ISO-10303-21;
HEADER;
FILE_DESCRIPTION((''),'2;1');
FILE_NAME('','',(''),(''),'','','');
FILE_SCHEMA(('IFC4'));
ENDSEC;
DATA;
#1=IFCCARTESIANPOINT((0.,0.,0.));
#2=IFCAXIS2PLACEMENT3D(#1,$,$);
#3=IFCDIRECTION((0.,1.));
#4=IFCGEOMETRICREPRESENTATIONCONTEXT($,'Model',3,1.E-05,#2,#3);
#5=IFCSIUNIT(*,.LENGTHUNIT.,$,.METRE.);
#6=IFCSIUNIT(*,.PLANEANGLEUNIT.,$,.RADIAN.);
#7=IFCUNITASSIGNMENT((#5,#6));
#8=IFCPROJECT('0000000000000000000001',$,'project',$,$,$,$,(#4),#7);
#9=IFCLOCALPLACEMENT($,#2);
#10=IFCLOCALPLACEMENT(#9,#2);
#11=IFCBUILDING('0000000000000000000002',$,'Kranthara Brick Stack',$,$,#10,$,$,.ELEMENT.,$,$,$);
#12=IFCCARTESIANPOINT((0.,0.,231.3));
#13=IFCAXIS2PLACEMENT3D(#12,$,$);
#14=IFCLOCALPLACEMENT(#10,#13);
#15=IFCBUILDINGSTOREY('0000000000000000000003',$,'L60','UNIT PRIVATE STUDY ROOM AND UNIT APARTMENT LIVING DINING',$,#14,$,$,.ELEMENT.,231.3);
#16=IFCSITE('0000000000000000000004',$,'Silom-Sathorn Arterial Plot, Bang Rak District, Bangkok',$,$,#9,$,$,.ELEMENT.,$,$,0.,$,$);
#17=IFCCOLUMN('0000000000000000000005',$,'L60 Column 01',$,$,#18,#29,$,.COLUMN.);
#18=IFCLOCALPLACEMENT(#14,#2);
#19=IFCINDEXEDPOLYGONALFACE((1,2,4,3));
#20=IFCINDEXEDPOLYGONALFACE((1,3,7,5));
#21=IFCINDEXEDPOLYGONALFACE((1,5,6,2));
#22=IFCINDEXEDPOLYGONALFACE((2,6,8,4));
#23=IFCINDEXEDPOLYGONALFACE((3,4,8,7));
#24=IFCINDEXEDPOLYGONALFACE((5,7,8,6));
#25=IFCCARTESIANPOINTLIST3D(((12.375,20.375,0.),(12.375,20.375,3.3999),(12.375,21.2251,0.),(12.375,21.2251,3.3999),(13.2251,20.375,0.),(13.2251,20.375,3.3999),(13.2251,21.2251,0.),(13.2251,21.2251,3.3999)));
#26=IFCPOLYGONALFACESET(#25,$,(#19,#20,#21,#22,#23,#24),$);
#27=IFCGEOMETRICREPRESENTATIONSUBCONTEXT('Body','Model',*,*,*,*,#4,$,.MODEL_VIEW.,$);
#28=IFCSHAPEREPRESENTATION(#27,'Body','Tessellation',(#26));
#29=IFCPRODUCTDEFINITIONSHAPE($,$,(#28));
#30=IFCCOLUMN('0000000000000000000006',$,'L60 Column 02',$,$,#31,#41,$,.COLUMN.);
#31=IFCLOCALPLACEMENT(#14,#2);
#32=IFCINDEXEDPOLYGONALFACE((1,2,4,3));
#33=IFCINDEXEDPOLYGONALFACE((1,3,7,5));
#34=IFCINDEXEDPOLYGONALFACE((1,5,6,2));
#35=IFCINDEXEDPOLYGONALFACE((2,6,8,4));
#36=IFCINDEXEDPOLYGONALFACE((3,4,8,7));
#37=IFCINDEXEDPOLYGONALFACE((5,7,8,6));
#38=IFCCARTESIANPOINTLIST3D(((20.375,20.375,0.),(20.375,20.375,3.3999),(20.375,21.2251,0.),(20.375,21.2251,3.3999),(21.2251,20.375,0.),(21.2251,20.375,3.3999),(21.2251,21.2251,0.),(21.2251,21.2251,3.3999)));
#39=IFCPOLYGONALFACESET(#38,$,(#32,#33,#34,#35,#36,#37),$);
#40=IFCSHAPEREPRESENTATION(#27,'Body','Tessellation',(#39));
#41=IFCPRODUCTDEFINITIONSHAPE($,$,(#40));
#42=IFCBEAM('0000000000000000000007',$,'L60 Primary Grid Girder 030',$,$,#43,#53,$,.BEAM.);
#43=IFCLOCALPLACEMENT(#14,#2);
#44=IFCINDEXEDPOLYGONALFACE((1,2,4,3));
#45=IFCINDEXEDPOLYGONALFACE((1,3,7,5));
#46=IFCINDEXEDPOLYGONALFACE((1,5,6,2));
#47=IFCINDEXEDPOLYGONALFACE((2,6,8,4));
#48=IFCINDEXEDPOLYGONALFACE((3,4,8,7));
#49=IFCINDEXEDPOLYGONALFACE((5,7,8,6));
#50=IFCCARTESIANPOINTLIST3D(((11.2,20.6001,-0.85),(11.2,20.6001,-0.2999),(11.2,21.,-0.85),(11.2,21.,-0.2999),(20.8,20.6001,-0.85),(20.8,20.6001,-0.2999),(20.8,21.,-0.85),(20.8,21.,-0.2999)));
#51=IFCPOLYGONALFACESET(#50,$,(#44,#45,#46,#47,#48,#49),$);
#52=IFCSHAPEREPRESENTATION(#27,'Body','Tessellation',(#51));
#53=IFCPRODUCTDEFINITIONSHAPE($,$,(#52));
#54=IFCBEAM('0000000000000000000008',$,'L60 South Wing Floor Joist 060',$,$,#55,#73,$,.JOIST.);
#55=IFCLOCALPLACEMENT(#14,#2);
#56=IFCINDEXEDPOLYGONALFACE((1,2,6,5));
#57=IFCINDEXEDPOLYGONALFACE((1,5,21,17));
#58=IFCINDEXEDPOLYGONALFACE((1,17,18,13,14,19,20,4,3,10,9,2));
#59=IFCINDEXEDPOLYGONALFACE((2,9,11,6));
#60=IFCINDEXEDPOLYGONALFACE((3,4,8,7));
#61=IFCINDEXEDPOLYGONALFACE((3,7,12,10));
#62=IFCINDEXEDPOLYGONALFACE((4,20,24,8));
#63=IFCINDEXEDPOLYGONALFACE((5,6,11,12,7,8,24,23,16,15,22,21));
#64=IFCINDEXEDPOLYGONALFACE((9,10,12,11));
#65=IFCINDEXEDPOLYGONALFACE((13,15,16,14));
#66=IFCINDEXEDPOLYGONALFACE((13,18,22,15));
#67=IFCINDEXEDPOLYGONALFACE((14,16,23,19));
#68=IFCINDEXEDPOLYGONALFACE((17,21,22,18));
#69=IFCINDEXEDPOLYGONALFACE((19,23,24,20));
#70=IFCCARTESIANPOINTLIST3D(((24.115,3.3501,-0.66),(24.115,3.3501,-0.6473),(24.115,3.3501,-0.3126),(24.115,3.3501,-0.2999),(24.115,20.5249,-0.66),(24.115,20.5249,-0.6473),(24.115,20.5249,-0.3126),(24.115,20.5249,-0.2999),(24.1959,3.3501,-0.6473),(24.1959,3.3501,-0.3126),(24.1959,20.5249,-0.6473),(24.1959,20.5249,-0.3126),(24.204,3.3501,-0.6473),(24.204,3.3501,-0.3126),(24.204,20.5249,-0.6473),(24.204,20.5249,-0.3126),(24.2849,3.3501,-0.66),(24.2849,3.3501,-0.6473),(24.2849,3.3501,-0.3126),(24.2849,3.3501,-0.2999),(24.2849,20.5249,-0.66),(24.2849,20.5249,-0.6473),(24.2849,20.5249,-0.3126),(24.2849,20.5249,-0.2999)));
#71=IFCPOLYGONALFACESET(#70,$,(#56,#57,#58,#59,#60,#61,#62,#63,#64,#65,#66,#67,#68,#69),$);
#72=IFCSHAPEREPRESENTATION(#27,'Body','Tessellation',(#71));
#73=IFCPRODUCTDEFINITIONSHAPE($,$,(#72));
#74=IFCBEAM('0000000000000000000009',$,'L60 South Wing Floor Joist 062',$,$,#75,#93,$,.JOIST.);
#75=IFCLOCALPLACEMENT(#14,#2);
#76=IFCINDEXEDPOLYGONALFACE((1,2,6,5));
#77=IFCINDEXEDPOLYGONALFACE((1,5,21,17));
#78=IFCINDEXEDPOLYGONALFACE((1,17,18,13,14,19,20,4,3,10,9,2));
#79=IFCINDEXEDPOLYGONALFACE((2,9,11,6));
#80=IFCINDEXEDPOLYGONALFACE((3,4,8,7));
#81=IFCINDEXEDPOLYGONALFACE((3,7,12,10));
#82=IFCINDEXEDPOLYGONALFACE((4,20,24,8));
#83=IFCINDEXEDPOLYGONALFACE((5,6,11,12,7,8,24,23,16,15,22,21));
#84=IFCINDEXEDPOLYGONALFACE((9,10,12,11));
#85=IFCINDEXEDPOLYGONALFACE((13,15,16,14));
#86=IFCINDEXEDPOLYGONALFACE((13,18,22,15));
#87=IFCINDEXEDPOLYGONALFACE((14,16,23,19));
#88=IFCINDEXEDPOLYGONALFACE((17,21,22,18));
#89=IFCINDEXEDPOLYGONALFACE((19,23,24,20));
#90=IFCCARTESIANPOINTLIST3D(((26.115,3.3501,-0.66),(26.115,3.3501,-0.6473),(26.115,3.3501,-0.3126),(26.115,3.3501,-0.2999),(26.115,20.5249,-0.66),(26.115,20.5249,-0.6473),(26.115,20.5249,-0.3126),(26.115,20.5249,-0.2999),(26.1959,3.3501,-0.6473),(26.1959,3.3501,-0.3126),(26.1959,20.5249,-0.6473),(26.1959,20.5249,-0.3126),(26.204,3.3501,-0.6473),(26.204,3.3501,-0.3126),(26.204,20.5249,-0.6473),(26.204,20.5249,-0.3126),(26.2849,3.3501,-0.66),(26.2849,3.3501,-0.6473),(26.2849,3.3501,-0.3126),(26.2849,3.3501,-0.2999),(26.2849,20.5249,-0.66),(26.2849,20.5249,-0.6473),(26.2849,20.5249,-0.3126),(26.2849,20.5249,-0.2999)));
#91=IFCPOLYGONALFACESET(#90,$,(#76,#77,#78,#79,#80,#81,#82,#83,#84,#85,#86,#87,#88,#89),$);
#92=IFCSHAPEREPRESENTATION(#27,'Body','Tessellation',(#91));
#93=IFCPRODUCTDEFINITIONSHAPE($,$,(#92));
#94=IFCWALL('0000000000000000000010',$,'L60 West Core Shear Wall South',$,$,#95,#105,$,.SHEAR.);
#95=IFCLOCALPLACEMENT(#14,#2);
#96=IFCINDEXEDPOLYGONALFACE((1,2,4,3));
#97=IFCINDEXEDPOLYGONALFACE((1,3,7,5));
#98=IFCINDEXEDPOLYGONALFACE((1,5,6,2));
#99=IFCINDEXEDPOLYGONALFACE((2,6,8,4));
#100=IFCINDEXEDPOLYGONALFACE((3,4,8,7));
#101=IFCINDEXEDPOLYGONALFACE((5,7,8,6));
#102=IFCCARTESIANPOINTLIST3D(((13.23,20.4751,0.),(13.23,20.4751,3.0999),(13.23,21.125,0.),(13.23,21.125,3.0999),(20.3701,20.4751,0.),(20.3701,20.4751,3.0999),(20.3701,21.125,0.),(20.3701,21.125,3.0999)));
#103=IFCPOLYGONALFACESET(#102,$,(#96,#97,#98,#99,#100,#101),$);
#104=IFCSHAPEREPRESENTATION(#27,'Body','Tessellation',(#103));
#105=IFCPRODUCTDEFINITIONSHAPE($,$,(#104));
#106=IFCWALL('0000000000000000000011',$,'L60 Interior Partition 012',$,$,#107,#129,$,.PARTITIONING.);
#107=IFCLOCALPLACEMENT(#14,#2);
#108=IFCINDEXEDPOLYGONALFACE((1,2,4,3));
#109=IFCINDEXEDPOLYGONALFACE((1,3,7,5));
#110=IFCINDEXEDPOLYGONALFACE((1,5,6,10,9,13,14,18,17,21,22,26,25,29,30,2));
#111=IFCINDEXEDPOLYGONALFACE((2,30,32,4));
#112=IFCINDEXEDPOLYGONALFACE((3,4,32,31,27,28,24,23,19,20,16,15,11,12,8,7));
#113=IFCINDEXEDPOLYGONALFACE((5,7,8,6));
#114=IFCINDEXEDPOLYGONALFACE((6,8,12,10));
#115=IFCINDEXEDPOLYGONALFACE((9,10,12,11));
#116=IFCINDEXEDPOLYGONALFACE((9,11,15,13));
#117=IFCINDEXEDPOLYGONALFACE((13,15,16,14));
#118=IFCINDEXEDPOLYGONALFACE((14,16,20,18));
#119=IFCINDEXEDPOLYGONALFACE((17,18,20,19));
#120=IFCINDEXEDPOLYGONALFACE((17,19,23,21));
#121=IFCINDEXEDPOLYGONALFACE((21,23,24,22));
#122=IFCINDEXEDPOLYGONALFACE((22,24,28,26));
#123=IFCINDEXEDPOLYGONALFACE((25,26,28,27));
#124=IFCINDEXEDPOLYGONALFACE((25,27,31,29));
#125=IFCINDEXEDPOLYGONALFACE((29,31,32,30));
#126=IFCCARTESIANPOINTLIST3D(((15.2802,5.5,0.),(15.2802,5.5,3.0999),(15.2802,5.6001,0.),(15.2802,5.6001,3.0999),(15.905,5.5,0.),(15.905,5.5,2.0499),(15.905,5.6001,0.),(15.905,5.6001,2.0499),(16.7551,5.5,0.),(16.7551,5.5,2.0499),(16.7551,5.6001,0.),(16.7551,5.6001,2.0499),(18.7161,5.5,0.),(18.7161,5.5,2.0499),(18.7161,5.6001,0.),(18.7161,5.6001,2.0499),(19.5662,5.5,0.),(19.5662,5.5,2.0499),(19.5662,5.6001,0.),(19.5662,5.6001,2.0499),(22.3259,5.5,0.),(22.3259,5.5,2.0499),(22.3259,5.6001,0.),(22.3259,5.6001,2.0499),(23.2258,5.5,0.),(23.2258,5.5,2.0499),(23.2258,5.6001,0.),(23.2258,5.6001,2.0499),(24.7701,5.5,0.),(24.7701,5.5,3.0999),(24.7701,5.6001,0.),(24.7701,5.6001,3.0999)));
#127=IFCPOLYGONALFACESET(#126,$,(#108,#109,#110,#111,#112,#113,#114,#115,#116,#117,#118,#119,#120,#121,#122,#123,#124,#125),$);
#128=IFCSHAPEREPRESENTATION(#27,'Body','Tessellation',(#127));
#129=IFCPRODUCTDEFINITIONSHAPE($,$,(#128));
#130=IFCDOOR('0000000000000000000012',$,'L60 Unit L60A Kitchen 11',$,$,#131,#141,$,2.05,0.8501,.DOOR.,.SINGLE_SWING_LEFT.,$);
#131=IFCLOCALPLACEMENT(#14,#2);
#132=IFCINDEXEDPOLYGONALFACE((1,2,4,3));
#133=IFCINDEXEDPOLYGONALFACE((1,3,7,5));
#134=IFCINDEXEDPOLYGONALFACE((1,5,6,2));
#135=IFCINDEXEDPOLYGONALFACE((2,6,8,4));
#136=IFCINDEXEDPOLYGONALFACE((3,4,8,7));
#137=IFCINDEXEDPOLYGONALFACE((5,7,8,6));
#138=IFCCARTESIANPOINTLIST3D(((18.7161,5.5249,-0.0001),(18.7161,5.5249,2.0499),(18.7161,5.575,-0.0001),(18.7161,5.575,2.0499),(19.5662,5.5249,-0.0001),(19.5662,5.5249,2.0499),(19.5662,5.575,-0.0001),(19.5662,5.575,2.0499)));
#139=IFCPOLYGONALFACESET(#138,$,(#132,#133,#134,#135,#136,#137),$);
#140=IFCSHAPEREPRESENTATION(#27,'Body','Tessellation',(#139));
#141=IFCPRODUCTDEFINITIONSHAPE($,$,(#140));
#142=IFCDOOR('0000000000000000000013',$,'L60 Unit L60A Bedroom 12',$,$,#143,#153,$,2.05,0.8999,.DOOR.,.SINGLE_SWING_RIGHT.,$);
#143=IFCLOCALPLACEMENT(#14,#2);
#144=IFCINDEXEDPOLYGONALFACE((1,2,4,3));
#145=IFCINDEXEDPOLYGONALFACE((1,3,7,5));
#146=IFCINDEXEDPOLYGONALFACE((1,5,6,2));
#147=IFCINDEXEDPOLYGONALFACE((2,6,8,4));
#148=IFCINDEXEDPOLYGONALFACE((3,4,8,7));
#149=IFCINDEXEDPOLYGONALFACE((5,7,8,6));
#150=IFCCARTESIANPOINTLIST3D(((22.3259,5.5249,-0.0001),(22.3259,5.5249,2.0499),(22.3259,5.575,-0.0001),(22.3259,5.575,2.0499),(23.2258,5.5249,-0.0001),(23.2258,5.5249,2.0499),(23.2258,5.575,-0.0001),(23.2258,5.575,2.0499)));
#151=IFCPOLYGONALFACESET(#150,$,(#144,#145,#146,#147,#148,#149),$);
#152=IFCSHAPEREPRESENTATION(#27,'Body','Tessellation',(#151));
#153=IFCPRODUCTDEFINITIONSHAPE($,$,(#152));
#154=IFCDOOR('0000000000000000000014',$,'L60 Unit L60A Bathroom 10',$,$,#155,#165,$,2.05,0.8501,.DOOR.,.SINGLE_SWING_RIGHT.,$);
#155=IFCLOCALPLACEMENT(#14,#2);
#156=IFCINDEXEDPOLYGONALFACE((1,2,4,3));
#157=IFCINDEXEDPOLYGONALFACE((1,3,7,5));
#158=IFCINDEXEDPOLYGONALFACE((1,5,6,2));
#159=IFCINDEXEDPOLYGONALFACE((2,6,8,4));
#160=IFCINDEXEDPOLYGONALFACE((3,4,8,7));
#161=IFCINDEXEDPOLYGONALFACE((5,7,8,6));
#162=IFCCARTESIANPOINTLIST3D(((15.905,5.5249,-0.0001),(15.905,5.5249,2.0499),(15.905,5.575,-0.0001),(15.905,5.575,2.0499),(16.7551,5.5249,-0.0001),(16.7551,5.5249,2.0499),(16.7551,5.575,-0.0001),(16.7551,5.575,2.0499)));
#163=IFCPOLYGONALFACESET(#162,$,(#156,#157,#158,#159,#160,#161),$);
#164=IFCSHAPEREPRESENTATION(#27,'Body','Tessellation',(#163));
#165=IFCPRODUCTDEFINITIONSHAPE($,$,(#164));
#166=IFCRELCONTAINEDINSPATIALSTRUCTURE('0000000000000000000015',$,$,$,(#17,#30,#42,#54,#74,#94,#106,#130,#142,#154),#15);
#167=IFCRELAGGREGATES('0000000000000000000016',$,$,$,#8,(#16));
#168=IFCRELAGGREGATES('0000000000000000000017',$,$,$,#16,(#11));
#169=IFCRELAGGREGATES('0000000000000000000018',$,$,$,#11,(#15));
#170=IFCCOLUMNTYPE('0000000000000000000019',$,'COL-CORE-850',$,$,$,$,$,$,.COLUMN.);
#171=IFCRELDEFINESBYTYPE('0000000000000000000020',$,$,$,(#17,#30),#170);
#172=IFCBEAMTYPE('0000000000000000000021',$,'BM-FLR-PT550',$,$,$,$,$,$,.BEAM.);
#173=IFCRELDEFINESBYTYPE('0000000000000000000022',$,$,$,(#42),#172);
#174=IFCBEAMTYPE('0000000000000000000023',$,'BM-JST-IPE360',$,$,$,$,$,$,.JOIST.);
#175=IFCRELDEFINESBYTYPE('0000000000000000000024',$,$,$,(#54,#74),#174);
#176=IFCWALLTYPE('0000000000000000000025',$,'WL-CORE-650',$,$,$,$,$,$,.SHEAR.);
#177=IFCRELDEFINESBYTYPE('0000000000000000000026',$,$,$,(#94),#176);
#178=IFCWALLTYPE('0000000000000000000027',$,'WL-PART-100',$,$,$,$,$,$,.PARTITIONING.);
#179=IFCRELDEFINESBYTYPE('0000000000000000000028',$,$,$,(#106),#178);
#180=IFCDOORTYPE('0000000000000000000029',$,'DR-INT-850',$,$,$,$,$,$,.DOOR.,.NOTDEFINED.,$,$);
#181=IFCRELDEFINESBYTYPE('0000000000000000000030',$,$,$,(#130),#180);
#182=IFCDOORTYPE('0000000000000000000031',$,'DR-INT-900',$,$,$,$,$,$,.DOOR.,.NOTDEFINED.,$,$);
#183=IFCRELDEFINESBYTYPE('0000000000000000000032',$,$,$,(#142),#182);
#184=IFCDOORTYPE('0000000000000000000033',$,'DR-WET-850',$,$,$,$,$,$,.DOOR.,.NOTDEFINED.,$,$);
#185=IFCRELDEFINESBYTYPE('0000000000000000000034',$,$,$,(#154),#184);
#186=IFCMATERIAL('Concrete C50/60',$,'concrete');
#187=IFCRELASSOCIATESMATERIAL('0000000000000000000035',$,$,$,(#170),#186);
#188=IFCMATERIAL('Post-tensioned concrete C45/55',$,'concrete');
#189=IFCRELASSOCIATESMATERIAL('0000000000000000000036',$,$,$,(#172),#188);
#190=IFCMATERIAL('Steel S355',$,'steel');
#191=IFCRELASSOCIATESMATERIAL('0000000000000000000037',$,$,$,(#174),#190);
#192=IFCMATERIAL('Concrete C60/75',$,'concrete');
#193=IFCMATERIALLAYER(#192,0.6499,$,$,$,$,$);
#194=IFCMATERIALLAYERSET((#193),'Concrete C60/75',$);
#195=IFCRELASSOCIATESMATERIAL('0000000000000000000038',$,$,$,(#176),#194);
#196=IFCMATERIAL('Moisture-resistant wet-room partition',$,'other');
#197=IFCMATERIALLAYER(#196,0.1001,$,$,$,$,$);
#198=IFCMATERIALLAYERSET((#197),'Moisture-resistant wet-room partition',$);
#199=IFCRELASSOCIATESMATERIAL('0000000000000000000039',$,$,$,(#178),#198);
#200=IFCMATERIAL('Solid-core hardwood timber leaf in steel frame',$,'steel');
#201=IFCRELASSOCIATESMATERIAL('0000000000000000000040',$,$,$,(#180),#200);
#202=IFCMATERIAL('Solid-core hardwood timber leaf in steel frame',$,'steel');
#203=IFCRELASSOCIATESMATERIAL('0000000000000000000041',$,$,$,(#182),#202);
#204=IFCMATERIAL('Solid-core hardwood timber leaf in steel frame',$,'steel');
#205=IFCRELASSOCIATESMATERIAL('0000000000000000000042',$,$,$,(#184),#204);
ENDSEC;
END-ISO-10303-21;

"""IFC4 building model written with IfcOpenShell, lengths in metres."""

from ifc_helpers import new_model, si_unit, direction, frame, frame_2d, origin, origin_2d, place, context, subcontext, project, spatial, rectangle, i_section, extrude, material, layer, layer_set, material_profile, profile_set, type_object, element, fill, save


model = new_model("IFC4")

# Units and contexts
model_context = context("Model", 3, precision=1e-05, world=origin(), true_north=direction((0.0, 1.0)))
body_context = subcontext(model_context, "Body", "Model", "MODEL_VIEW")
ifc_project = project(units=[si_unit("LENGTHUNIT", "METRE"), si_unit("PLANEANGLEUNIT", "RADIAN")], contexts=[model_context])

# Site, building, storey
site_placement = place(None, origin())
site = spatial("IfcSite", under=ifc_project, at=site_placement, Name="Silom-Sathorn Arterial Plot, Bang Rak District, Bangkok", CompositionType="ELEMENT", RefElevation=0.0)
building_placement = place(site_placement, origin())
building = spatial("IfcBuilding", under=site, at=building_placement, Name="Kranthara Brick Stack", CompositionType="ELEMENT")
storey_placement = place(building_placement, frame((0.0, 0.0, 231.3)))
storey = spatial("IfcBuildingStorey", under=building, at=storey_placement, Name="L60", Description="UNIT PRIVATE STUDY ROOM AND UNIT APARTMENT LIVING DINING", CompositionType="ELEMENT", Elevation=231.3)

# Columns
ifc_material_1 = material(Name="Concrete C50/60", Category="concrete")
ifc_material_profile_1 = material_profile(ifc_material_1, rectangle(XDim=0.8501, YDim=0.8501, at=origin_2d()), Name="RC 850x850")
ifc_profile_set_1 = profile_set([ifc_material_profile_1], Name="Concrete C50/60")
column_type = type_object("IfcColumnType", Name="COL-CORE-850", PredefinedType="COLUMN", material=ifc_profile_set_1)
for number, where, z_axis, x_axis, name in (
    (1, (12.8, 20.8, 0.0), (0.0, 0.0, 1.0), (1.0, 0.0, 0.0), "L60 Column 01"),
    (2, (20.8, 20.8, 0.0), (0.0, 0.0, 1.0), (1.0, 0.0, 0.0), "L60 Column 02"),
):
    element("IfcColumn", number, at=place(storey_placement, frame(where, z_axis=z_axis, x_axis=x_axis)), inside=storey, type_object=column_type, Name=name, PredefinedType="COLUMN", context=body_context, shape_type="SweptSolid", body=[
        extrude(rectangle(XDim=0.8501, YDim=0.8501, at=origin_2d()), origin(), (0.0, 0.0, 1.0), 3.3999),
    ])

# Beams
ifc_material_2 = material(Name="Post-tensioned concrete C45/55", Category="concrete")
ifc_material_profile_2 = material_profile(ifc_material_2, rectangle(XDim=0.3999, YDim=0.55, at=origin_2d()), Name="PT 400x550")
ifc_profile_set_2 = profile_set([ifc_material_profile_2], Name="Post-tensioned concrete C45/55")
beam_type_1 = type_object("IfcBeamType", Name="BM-FLR-PT550", PredefinedType="BEAM", material=ifc_profile_set_2)
beam_placement = place(storey_placement, frame((11.2, 20.8, -0.575), z_axis=(1.0, 0.0, 0.0), x_axis=(0.0, 1.0, 0.0)))
element("IfcBeam", 3, at=beam_placement, inside=storey, type_object=beam_type_1, Name="L60 Primary Grid Girder 030", PredefinedType="BEAM", context=body_context, shape_type="SweptSolid", body=[
    extrude(rectangle(XDim=0.3999, YDim=0.55, at=origin_2d()), origin(), (0.0, 0.0, 1.0), 9.6001),
])
ifc_material_3 = material(Name="Steel S355", Category="steel")
ifc_material_profile_3 = material_profile(ifc_material_3, i_section(OverallWidth=0.1699, OverallDepth=0.3601, WebThickness=0.0081, FlangeThickness=0.0127, at=origin_2d()), Name="IPE 360")
ifc_profile_set_3 = profile_set([ifc_material_profile_3], Name="Steel S355")
beam_type_2 = type_object("IfcBeamType", Name="BM-JST-IPE360", PredefinedType="JOIST", material=ifc_profile_set_3)
for number, where, z_axis, x_axis, name in (
    (4, (24.2, 3.3501, -0.48), (0.0, 1.0, 0.0), (-1.0, 0.0, 0.0), "L60 South Wing Floor Joist 060"),
    (5, (26.2, 3.3501, -0.48), (0.0, 1.0, 0.0), (-1.0, 0.0, 0.0), "L60 South Wing Floor Joist 062"),
):
    element("IfcBeam", number, at=place(storey_placement, frame(where, z_axis=z_axis, x_axis=x_axis)), inside=storey, type_object=beam_type_2, Name=name, PredefinedType="JOIST", context=body_context, shape_type="SweptSolid", body=[
        extrude(i_section(OverallWidth=0.1699, OverallDepth=0.3601, WebThickness=0.0081, FlangeThickness=0.0127, at=origin_2d()), origin(), (0.0, 0.0, 1.0), 17.1748),
    ])

# Wall
ifc_material_4 = material(Name="Concrete C60/75", Category="concrete")
ifc_layer_1 = layer(ifc_material_4, 0.6499)
ifc_layer_set_1 = layer_set([ifc_layer_1], Name="Concrete C60/75")
wall_type_1 = type_object("IfcWallType", Name="WL-CORE-650", PredefinedType="SHEAR", material=ifc_layer_set_1)
wall_1_placement = place(storey_placement, frame((13.23, 20.8, 0.0), z_axis=(0.0, 0.0, 1.0), x_axis=(1.0, 0.0, 0.0)))
element("IfcWall", 6, at=wall_1_placement, inside=storey, type_object=wall_type_1, Name="L60 West Core Shear Wall South", PredefinedType="SHEAR", context=body_context, shape_type="SweptSolid", body=[
    extrude(rectangle(XDim=7.1401, YDim=0.6499, at=frame_2d((3.5701, 0.0))), origin(), (0.0, 0.0, 1.0), 3.0999),
])

# Wall, openings, doors
ifc_material_5 = material(Name="Moisture-resistant wet-room partition", Category="other")
ifc_layer_2 = layer(ifc_material_5, 0.1001)
ifc_layer_set_2 = layer_set([ifc_layer_2], Name="Moisture-resistant wet-room partition")
wall_type_2 = type_object("IfcWallType", Name="WL-PART-100", PredefinedType="PARTITIONING", material=ifc_layer_set_2)
wall_2_placement = place(storey_placement, frame((15.28, 5.55, 0.0), z_axis=(0.0, 0.0, 1.0), x_axis=(1.0, 0.0, 0.0)))
wall_2 = element("IfcWall", 7, at=wall_2_placement, inside=storey, type_object=wall_type_2, Name="L60 Interior Partition 012", PredefinedType="PARTITIONING", context=body_context, shape_type="SweptSolid", body=[
    extrude(rectangle(XDim=9.49, YDim=0.1001, at=frame_2d((4.7451, 0.0))), origin(), (0.0, 0.0, 1.0), 3.0999),
])
opening_1_placement = place(wall_2_placement, frame((0.625, 0.0, 0.0)))
opening_1 = element("IfcOpeningElement", 8, at=opening_1_placement, cuts=wall_2, PredefinedType="OPENING", context=body_context, shape_type="SweptSolid", body=[
    extrude(rectangle(XDim=0.8501, YDim=2.05, at=frame_2d((0.425, 1.0249))), frame((0.0, 0.0601, 0.0), z_axis=(0.0, -1.0, 0.0), x_axis=(1.0, 0.0, 0.0)), (0.0, 0.0, 1.0), 0.1201),
])
opening_2_placement = place(wall_2_placement, frame((3.436, 0.0, 0.0)))
opening_2 = element("IfcOpeningElement", 9, at=opening_2_placement, cuts=wall_2, PredefinedType="OPENING", context=body_context, shape_type="SweptSolid", body=[
    extrude(rectangle(XDim=0.8501, YDim=2.05, at=frame_2d((0.425, 1.0249))), frame((0.0, 0.0601, 0.0), z_axis=(0.0, -1.0, 0.0), x_axis=(1.0, 0.0, 0.0)), (0.0, 0.0, 1.0), 0.1201),
])
opening_3_placement = place(wall_2_placement, frame((7.0459, 0.0, 0.0)))
opening_3 = element("IfcOpeningElement", 10, at=opening_3_placement, cuts=wall_2, PredefinedType="OPENING", context=body_context, shape_type="SweptSolid", body=[
    extrude(rectangle(XDim=0.8999, YDim=2.05, at=frame_2d((0.45, 1.0249))), frame((0.0, 0.0601, 0.0), z_axis=(0.0, -1.0, 0.0), x_axis=(1.0, 0.0, 0.0)), (0.0, 0.0, 1.0), 0.1201),
])
ifc_material_6 = material(Name="Solid-core hardwood timber leaf in steel frame", Category="steel")
door_type_1 = type_object("IfcDoorType", Name="DR-INT-850", OperationType="NOTDEFINED", PredefinedType="DOOR", material=ifc_material_6)
door_1_placement = place(opening_2_placement, origin())
door_1 = element("IfcDoor", 11, at=door_1_placement, inside=storey, type_object=door_type_1, Name="L60 Unit L60A Kitchen 11", OperationType="SINGLE_SWING_LEFT", OverallHeight=2.05, OverallWidth=0.8501, PredefinedType="DOOR", context=body_context, shape_type="SweptSolid", body=[
    extrude(rectangle(XDim=0.8501, YDim=2.05, at=frame_2d((0.425, 1.0249))), frame((0.0, 0.0249, 0.0), z_axis=(0.0, -1.0, 0.0), x_axis=(1.0, 0.0, 0.0)), (0.0, 0.0, 1.0), 0.05),
])
fill(opening_2, door_1)
ifc_material_7 = material(Name="Solid-core hardwood timber leaf in steel frame", Category="steel")
door_type_2 = type_object("IfcDoorType", Name="DR-INT-900", OperationType="NOTDEFINED", PredefinedType="DOOR", material=ifc_material_7)
door_2_placement = place(opening_3_placement, origin())
door_2 = element("IfcDoor", 12, at=door_2_placement, inside=storey, type_object=door_type_2, Name="L60 Unit L60A Bedroom 12", OperationType="SINGLE_SWING_RIGHT", OverallHeight=2.05, OverallWidth=0.8999, PredefinedType="DOOR", context=body_context, shape_type="SweptSolid", body=[
    extrude(rectangle(XDim=0.8999, YDim=2.05, at=frame_2d((0.45, 1.0249))), frame((0.0, 0.0249, 0.0), z_axis=(0.0, -1.0, 0.0), x_axis=(1.0, 0.0, 0.0)), (0.0, 0.0, 1.0), 0.05),
])
fill(opening_3, door_2)
ifc_material_8 = material(Name="Solid-core hardwood timber leaf in steel frame", Category="steel")
door_type_3 = type_object("IfcDoorType", Name="DR-WET-850", OperationType="NOTDEFINED", PredefinedType="DOOR", material=ifc_material_8)
door_3_placement = place(opening_1_placement, origin())
door_3 = element("IfcDoor", 13, at=door_3_placement, inside=storey, type_object=door_type_3, Name="L60 Unit L60A Bathroom 10", OperationType="SINGLE_SWING_RIGHT", OverallHeight=2.05, OverallWidth=0.8501, PredefinedType="DOOR", context=body_context, shape_type="SweptSolid", body=[
    extrude(rectangle(XDim=0.8501, YDim=2.05, at=frame_2d((0.425, 1.0249))), frame((0.0, 0.0249, 0.0), z_axis=(0.0, -1.0, 0.0), x_axis=(1.0, 0.0, 0.0)), (0.0, 0.0, 1.0), 0.05),
])
fill(opening_1, door_3)

save(model, "model.ifc")
